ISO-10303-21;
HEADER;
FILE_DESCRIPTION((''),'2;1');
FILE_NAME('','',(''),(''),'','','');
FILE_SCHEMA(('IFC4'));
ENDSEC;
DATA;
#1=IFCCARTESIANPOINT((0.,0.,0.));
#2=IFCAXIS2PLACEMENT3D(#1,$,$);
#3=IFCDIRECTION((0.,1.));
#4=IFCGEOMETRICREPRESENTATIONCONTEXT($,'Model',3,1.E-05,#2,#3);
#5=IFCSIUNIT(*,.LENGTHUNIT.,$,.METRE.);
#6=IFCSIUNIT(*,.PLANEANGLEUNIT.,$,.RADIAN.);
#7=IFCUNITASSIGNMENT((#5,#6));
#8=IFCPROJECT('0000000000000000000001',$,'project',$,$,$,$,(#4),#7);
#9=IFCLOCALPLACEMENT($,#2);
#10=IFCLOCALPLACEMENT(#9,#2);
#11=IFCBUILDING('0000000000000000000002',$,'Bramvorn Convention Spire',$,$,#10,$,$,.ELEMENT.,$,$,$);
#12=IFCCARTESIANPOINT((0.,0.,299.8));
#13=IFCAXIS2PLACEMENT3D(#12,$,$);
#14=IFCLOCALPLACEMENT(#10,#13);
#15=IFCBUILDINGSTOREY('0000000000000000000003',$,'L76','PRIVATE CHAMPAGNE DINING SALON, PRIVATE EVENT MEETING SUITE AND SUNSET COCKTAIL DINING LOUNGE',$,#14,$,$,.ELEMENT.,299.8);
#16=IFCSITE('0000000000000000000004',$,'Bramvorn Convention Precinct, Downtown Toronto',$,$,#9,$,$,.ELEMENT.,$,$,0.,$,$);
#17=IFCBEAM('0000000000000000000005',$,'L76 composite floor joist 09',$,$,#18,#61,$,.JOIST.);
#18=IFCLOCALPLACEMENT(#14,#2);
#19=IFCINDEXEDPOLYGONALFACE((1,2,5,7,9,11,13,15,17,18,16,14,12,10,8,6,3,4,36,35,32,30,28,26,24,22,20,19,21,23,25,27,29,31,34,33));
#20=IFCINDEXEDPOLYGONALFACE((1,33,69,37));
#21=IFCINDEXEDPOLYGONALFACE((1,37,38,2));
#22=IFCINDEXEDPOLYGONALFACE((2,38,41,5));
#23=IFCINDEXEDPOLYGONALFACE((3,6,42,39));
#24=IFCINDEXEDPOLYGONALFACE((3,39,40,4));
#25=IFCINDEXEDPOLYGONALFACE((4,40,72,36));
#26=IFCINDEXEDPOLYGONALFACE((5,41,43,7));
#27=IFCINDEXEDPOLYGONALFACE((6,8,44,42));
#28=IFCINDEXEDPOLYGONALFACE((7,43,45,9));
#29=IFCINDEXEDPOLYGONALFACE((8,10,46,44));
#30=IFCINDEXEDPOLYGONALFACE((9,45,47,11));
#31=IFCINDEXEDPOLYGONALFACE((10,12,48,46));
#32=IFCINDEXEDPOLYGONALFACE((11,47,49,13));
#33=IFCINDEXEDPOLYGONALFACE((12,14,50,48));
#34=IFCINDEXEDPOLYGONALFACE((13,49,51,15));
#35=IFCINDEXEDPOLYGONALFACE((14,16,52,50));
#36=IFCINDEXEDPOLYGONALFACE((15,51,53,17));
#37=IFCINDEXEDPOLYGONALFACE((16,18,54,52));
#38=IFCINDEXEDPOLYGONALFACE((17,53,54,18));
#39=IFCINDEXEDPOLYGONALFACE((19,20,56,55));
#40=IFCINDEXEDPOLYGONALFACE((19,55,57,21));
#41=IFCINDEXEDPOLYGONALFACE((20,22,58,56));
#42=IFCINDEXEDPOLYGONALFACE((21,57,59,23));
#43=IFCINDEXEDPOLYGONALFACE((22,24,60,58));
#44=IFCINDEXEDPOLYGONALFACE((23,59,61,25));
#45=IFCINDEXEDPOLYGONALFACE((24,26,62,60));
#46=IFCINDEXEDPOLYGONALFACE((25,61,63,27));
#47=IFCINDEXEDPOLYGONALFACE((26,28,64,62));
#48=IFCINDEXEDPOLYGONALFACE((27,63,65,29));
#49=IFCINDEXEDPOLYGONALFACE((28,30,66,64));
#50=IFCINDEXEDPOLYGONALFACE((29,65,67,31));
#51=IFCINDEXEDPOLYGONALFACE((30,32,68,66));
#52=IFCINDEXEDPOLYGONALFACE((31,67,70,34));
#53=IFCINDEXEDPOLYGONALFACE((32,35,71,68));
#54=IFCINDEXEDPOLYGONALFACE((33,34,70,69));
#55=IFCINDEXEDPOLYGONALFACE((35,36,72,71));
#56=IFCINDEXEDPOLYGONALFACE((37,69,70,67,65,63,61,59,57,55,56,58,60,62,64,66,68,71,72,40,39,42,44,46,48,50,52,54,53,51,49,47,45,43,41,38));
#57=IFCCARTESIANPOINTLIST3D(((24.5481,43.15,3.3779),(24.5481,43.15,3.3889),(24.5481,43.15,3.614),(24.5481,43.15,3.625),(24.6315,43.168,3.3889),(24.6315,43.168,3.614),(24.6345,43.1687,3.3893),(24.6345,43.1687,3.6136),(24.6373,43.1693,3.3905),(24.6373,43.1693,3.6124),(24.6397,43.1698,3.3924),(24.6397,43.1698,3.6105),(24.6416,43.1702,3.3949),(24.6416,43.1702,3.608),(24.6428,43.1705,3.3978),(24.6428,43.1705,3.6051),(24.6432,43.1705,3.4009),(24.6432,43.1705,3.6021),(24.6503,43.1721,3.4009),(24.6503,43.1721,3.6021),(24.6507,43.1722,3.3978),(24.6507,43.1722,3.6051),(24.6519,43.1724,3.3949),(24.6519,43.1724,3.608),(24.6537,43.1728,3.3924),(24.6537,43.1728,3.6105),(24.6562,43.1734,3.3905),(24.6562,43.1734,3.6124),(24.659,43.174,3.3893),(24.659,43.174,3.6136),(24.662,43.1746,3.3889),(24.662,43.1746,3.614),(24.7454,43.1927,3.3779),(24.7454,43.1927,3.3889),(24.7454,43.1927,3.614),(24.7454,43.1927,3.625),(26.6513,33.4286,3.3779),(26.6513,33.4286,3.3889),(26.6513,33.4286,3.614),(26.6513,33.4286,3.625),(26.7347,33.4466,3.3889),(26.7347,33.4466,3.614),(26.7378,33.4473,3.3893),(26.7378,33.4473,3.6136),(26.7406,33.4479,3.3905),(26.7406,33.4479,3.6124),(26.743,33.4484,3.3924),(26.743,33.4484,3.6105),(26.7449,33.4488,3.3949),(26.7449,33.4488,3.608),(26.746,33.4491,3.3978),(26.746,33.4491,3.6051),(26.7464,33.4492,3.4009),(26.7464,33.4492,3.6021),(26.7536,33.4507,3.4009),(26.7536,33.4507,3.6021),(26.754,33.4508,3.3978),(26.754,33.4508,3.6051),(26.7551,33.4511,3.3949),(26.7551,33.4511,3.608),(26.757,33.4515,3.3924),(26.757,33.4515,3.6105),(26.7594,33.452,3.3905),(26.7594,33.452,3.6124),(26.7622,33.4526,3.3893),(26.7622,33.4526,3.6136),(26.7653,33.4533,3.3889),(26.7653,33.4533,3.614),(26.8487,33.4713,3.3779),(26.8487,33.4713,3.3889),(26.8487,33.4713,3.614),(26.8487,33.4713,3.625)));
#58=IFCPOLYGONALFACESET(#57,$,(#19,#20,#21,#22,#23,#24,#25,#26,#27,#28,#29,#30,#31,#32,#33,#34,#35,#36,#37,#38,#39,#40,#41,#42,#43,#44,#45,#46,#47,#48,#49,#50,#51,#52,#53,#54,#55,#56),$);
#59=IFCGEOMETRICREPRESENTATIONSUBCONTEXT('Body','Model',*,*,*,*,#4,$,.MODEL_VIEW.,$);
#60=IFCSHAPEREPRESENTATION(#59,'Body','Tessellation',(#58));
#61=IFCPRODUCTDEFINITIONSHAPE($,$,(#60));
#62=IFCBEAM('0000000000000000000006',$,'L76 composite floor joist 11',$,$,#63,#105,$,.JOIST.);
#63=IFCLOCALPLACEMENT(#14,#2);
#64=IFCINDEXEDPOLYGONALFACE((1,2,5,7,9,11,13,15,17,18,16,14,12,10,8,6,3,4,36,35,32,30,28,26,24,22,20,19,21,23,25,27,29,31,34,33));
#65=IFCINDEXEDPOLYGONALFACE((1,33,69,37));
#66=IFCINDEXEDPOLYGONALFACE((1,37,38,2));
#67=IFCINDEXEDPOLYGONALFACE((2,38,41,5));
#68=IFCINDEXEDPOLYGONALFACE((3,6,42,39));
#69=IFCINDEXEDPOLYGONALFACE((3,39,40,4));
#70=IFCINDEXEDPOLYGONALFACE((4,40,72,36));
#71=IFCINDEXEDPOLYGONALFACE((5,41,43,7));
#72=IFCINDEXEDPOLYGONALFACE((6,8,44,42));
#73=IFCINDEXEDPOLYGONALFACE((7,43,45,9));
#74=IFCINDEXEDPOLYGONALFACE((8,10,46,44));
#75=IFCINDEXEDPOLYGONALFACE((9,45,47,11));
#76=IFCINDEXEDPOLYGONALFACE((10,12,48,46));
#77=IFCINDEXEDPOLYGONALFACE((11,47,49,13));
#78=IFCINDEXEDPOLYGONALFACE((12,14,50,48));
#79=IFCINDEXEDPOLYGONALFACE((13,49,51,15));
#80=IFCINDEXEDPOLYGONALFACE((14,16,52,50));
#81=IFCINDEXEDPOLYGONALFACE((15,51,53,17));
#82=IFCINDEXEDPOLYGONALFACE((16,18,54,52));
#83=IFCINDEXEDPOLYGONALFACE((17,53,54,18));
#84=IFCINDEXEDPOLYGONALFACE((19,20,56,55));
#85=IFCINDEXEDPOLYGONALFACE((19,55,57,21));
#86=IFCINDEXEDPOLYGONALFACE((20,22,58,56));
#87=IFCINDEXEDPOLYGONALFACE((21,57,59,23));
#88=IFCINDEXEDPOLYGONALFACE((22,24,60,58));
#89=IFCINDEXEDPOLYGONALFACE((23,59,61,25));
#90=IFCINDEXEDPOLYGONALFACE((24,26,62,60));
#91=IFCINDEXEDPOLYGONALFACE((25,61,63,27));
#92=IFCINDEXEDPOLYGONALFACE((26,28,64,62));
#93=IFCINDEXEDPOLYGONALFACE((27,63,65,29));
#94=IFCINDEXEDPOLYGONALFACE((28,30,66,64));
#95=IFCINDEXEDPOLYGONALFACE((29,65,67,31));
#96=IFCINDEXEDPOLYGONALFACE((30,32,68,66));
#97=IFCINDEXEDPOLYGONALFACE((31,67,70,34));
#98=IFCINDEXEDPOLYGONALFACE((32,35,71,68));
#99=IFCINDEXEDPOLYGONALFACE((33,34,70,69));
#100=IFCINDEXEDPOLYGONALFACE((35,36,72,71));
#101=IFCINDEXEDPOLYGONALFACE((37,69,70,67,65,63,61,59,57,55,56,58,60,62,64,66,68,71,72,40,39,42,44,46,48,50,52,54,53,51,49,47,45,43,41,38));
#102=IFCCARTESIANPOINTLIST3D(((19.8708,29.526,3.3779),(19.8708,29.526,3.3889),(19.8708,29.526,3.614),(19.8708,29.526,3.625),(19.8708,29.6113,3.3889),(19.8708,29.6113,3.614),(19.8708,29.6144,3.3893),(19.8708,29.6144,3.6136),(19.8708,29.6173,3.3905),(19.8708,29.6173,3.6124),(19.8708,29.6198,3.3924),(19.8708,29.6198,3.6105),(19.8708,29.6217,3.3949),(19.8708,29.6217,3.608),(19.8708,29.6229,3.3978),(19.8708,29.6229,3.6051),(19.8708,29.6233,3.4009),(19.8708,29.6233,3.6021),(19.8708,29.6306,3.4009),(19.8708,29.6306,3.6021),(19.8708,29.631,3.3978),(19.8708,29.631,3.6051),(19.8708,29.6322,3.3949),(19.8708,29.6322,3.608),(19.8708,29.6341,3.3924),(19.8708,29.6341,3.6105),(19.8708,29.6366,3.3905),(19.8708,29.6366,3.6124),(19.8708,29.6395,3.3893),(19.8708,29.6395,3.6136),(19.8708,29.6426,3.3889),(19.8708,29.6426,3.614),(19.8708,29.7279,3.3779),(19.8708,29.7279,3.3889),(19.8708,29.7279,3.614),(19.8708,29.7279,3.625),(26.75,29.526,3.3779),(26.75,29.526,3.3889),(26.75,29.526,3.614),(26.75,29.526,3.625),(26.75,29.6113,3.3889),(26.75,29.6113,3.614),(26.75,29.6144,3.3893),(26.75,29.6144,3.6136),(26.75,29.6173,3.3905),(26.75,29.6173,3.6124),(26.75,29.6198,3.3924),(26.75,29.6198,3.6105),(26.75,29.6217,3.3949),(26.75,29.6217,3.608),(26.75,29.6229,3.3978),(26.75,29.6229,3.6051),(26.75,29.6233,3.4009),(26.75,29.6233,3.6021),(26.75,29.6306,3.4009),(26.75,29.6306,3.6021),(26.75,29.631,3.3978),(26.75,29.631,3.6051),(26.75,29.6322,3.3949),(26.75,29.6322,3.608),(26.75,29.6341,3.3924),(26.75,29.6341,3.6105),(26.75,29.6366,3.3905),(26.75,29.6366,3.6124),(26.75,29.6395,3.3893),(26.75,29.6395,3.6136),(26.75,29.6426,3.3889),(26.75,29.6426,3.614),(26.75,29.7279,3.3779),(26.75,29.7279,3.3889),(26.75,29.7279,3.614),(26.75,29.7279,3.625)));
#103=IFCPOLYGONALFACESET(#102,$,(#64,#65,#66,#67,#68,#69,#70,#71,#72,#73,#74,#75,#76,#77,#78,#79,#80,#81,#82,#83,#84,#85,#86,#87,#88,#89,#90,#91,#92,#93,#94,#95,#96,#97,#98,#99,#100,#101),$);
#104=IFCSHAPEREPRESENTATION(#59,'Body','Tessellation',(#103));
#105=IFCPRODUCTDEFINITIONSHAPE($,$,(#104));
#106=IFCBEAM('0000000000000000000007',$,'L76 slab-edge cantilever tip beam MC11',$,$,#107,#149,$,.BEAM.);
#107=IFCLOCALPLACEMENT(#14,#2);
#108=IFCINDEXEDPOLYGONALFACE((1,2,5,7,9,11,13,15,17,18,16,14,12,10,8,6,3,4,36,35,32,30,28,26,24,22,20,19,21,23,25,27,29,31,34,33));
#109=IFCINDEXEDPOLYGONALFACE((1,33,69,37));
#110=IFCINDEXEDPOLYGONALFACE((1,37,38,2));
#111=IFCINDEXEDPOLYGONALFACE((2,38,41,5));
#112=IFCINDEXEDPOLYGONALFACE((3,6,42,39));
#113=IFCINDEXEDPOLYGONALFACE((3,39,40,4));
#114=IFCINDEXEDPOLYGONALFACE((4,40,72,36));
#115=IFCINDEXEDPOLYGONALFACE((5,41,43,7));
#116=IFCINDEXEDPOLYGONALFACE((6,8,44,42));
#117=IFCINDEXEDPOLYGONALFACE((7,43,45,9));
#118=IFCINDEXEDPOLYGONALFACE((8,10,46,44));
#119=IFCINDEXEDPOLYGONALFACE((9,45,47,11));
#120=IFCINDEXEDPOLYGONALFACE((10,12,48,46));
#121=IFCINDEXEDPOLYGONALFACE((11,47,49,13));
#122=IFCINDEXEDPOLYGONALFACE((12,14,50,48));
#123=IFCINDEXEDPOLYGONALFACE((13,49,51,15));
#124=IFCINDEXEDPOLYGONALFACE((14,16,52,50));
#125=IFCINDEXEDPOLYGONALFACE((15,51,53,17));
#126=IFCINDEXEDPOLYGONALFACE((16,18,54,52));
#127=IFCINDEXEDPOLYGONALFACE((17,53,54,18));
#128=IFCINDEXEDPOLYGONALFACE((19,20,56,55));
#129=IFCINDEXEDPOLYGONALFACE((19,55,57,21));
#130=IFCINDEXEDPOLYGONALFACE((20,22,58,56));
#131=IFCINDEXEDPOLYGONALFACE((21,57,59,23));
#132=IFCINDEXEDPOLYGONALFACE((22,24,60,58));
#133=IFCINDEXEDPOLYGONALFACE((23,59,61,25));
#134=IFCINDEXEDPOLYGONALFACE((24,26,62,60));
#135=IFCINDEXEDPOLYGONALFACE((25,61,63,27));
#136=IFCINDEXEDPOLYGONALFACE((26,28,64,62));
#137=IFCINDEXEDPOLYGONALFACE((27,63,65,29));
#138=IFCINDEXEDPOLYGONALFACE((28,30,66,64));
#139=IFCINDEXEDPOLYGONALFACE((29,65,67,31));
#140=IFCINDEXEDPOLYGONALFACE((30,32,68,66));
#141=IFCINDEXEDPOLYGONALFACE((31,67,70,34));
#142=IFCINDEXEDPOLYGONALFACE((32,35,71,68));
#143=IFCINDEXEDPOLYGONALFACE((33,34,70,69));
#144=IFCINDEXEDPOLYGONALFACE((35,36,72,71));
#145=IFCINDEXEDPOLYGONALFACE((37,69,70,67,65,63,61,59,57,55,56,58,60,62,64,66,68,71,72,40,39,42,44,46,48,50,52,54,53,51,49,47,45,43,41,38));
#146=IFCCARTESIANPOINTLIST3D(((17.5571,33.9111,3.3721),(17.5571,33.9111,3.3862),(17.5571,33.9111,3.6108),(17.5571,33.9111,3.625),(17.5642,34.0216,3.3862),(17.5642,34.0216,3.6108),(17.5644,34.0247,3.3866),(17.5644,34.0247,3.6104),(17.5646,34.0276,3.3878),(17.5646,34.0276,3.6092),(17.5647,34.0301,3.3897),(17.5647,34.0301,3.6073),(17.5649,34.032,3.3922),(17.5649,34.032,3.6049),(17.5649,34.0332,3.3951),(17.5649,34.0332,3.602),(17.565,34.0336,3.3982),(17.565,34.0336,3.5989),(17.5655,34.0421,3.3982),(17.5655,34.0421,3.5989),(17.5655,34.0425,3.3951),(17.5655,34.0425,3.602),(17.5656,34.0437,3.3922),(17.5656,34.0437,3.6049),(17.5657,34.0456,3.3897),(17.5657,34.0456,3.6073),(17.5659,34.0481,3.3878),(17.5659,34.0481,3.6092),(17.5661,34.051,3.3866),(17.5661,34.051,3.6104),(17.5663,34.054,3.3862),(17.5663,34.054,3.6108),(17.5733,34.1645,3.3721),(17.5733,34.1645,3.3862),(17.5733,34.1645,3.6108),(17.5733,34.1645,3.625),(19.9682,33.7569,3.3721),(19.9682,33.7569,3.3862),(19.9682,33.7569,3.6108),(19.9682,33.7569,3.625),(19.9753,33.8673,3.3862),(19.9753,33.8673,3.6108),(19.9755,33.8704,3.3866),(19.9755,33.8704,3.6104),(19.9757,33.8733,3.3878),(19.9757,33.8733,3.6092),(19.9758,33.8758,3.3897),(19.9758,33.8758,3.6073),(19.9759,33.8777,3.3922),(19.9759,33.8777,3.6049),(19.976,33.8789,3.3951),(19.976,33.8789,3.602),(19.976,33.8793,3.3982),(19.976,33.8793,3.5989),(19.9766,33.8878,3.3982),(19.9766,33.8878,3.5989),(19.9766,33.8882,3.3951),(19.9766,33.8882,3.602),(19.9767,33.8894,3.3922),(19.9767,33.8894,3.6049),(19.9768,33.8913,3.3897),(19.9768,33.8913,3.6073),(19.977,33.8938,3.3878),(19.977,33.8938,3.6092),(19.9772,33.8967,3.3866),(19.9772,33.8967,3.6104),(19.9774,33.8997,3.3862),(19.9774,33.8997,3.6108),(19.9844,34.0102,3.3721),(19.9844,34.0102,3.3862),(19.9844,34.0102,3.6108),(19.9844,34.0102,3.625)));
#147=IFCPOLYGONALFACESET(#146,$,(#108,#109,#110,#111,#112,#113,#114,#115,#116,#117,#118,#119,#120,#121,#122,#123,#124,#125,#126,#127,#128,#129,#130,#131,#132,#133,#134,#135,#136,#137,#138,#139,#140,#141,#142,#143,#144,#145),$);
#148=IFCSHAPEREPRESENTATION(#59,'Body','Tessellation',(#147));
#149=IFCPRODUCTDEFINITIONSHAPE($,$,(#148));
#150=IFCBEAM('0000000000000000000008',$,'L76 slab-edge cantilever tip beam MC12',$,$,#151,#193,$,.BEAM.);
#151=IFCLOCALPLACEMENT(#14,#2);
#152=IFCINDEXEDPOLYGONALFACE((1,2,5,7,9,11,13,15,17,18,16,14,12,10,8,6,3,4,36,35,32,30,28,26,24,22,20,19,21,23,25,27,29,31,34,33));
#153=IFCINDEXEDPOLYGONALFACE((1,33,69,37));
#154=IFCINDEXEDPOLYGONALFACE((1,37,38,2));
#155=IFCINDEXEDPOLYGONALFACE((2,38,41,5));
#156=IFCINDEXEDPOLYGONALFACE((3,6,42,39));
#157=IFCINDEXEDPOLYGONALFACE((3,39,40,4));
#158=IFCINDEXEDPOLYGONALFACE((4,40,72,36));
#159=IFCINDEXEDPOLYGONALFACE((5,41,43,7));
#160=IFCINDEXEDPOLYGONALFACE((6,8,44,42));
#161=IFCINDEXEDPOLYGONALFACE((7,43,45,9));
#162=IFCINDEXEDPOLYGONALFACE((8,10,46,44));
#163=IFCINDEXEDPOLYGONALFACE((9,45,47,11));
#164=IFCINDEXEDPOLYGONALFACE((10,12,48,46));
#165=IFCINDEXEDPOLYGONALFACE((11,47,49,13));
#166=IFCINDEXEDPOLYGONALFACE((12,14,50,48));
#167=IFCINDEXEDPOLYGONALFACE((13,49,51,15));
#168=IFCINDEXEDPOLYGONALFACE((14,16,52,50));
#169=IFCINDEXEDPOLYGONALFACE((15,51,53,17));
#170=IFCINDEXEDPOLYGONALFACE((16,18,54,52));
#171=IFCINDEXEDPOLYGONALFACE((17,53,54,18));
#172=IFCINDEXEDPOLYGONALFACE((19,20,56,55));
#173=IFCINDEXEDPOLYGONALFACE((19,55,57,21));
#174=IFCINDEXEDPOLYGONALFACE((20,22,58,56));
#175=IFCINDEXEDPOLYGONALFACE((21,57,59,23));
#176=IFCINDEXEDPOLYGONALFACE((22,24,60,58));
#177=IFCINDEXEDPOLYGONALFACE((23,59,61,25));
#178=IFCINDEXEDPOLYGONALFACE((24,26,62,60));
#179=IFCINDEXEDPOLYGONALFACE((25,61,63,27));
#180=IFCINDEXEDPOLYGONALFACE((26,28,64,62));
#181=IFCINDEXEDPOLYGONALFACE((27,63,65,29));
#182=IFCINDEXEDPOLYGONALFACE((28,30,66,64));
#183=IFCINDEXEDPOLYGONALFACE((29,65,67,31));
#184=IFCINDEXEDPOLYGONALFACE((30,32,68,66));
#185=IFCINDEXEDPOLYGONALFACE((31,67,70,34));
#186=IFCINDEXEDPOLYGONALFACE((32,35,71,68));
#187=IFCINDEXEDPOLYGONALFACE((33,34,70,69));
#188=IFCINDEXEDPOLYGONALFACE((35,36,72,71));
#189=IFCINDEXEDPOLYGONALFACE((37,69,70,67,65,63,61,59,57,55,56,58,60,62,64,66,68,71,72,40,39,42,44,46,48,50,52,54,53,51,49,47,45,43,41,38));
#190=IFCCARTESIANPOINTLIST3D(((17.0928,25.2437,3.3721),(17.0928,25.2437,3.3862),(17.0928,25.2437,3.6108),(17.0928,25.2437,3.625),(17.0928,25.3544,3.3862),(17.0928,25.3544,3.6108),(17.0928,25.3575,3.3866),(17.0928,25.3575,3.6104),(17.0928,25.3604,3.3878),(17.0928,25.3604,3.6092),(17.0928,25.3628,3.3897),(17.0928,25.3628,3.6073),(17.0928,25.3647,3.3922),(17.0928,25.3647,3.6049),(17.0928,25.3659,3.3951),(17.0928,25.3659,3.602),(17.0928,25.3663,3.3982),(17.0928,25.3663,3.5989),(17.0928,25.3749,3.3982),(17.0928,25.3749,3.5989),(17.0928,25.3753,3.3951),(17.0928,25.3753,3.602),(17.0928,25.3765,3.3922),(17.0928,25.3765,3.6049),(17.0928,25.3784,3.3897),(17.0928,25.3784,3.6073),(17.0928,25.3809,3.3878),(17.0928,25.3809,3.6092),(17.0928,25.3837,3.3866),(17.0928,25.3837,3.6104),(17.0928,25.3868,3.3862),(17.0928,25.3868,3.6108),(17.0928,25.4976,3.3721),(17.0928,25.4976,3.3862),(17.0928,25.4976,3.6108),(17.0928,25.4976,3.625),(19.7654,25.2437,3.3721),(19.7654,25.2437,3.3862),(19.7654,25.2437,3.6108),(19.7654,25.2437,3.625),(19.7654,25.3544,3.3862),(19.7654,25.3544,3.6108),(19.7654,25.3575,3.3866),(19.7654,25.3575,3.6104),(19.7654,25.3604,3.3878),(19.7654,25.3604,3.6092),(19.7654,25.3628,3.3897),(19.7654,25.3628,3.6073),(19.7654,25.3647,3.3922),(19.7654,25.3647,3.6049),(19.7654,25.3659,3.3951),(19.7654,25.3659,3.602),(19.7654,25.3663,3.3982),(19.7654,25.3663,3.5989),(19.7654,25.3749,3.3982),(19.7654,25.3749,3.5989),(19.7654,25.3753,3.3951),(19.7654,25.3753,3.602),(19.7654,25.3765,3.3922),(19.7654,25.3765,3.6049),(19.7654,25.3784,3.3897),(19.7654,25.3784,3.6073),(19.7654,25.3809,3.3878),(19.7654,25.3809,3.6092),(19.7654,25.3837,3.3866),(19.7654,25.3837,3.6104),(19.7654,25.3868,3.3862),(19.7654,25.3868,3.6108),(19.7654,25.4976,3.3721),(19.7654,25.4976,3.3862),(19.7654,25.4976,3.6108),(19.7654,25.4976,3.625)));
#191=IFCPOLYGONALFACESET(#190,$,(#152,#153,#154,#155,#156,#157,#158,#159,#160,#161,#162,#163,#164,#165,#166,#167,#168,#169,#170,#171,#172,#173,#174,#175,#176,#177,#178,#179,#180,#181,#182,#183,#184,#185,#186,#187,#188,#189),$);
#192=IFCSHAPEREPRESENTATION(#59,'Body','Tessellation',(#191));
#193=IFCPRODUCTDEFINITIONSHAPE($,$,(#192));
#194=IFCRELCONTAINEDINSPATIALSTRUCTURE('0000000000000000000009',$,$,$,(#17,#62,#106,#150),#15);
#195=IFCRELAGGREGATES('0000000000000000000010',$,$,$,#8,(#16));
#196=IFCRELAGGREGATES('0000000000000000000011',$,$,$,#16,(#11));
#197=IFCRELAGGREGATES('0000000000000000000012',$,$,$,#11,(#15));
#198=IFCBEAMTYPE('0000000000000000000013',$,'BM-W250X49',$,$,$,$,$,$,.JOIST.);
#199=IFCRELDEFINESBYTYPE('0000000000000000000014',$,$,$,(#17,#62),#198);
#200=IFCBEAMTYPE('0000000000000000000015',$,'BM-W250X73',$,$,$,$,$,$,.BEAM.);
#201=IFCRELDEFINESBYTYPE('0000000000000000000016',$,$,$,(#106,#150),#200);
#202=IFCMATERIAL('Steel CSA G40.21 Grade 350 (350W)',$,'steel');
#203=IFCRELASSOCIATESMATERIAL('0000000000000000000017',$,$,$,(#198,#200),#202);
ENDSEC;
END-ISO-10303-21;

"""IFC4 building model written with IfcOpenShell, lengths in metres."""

from ifc_helpers import new_model, si_unit, direction, frame, origin, origin_2d, place, context, subcontext, project, spatial, i_section, extrude, material, material_profile, profile_set, type_object, element, save


model = new_model("IFC4")

# Units and contexts
model_context = context("Model", 3, precision=1e-05, world=origin(), true_north=direction((0.0, 1.0)))
body_context = subcontext(model_context, "Body", "Model", "MODEL_VIEW")
ifc_project = project(units=[si_unit("LENGTHUNIT", "METRE"), si_unit("PLANEANGLEUNIT", "RADIAN")], contexts=[model_context])

# Site, building, storey
site_placement = place(None, origin())
site = spatial("IfcSite", under=ifc_project, at=site_placement, Name="Bramvorn Convention Precinct, Downtown Toronto", CompositionType="ELEMENT", RefElevation=0.0)
building_placement = place(site_placement, origin())
building = spatial("IfcBuilding", under=site, at=building_placement, Name="Bramvorn Convention Spire", CompositionType="ELEMENT")
storey_placement = place(building_placement, frame((0.0, 0.0, 299.8)))
storey = spatial("IfcBuildingStorey", under=building, at=storey_placement, Name="L76", Description="PRIVATE CHAMPAGNE DINING SALON, PRIVATE EVENT MEETING SUITE AND SUNSET COCKTAIL DINING LOUNGE", CompositionType="ELEMENT", Elevation=299.8)

# Shared definitions
ifc_material_1 = material(Name="Steel CSA G40.21 Grade 350 (350W)", Category="steel")

# Beams
ifc_material_profile_1 = material_profile(ifc_material_1, i_section(OverallWidth=0.2019, OverallDepth=0.2471, WebThickness=0.0073, FlangeThickness=0.011, FilletRadius=0.012, at=origin_2d()))
ifc_profile_set_1 = profile_set([ifc_material_profile_1], Name="Steel CSA G40.21 Grade 350 (350W) - W250X49")
beam_type_1 = type_object("IfcBeamType", Name="BM-W250X49", PredefinedType="JOIST", material=ifc_profile_set_1)
beam_1_placement = place(storey_placement, frame((26.75, 33.45, 3.5015), z_axis=(-0.211461, 0.977386, 0.0), x_axis=(-0.977386, -0.211461, 0.0)))
element("IfcBeam", 1, at=beam_1_placement, inside=storey, type_object=beam_type_1, Name="L76 composite floor joist 09", PredefinedType="JOIST", context=body_context, shape_type="SweptSolid", body=[
    extrude(i_section(OverallWidth=0.2019, OverallDepth=0.2471, WebThickness=0.0073, FlangeThickness=0.011, FilletRadius=0.012, at=origin_2d()), origin(), (0.0, 0.0, 1.0), 9.9463),
])
beam_2_placement = place(storey_placement, frame((26.75, 29.627, 3.5015), z_axis=(-1.0, 0.0, 0.0), x_axis=(0.0, -1.0, 0.0)))
element("IfcBeam", 2, at=beam_2_placement, inside=storey, type_object=beam_type_1, Name="L76 composite floor joist 11", PredefinedType="JOIST", context=body_context, shape_type="SweptSolid", body=[
    extrude(i_section(OverallWidth=0.2019, OverallDepth=0.2471, WebThickness=0.0073, FlangeThickness=0.011, FilletRadius=0.012, at=origin_2d()), origin(), (0.0, 0.0, 1.0), 6.8792),
])
ifc_material_profile_2 = material_profile(ifc_material_1, i_section(OverallWidth=0.2539, OverallDepth=0.2529, WebThickness=0.0085, FlangeThickness=0.0142, FilletRadius=0.012, at=origin_2d()))
ifc_profile_set_2 = profile_set([ifc_material_profile_2], Name="Steel CSA G40.21 Grade 350 (350W) - W250X73")
beam_type_2 = type_object("IfcBeamType", Name="BM-W250X73", PredefinedType="BEAM", material=ifc_profile_set_2)
beam_3_placement = place(storey_placement, frame((19.9763, 33.8835, 3.4985), z_axis=(-0.997959, 0.063863, 0.0), x_axis=(-0.063863, -0.997959, 0.0)))
element("IfcBeam", 3, at=beam_3_placement, inside=storey, type_object=beam_type_2, Name="L76 slab-edge cantilever tip beam MC11", PredefinedType="BEAM", context=body_context, shape_type="SweptSolid", body=[
    extrude(i_section(OverallWidth=0.2539, OverallDepth=0.2529, WebThickness=0.0085, FlangeThickness=0.0142, FilletRadius=0.012, at=origin_2d()), origin(), (0.0, 0.0, 1.0), 2.416),
])
beam_4_placement = place(storey_placement, frame((19.7654, 25.3706, 3.4985), z_axis=(-1.0, 0.0, 0.0), x_axis=(0.0, -1.0, 0.0)))
element("IfcBeam", 4, at=beam_4_placement, inside=storey, type_object=beam_type_2, Name="L76 slab-edge cantilever tip beam MC12", PredefinedType="BEAM", context=body_context, shape_type="SweptSolid", body=[
    extrude(i_section(OverallWidth=0.2539, OverallDepth=0.2529, WebThickness=0.0085, FlangeThickness=0.0142, FilletRadius=0.012, at=origin_2d()), origin(), (0.0, 0.0, 1.0), 2.6726),
])

save(model, "model.ifc")
